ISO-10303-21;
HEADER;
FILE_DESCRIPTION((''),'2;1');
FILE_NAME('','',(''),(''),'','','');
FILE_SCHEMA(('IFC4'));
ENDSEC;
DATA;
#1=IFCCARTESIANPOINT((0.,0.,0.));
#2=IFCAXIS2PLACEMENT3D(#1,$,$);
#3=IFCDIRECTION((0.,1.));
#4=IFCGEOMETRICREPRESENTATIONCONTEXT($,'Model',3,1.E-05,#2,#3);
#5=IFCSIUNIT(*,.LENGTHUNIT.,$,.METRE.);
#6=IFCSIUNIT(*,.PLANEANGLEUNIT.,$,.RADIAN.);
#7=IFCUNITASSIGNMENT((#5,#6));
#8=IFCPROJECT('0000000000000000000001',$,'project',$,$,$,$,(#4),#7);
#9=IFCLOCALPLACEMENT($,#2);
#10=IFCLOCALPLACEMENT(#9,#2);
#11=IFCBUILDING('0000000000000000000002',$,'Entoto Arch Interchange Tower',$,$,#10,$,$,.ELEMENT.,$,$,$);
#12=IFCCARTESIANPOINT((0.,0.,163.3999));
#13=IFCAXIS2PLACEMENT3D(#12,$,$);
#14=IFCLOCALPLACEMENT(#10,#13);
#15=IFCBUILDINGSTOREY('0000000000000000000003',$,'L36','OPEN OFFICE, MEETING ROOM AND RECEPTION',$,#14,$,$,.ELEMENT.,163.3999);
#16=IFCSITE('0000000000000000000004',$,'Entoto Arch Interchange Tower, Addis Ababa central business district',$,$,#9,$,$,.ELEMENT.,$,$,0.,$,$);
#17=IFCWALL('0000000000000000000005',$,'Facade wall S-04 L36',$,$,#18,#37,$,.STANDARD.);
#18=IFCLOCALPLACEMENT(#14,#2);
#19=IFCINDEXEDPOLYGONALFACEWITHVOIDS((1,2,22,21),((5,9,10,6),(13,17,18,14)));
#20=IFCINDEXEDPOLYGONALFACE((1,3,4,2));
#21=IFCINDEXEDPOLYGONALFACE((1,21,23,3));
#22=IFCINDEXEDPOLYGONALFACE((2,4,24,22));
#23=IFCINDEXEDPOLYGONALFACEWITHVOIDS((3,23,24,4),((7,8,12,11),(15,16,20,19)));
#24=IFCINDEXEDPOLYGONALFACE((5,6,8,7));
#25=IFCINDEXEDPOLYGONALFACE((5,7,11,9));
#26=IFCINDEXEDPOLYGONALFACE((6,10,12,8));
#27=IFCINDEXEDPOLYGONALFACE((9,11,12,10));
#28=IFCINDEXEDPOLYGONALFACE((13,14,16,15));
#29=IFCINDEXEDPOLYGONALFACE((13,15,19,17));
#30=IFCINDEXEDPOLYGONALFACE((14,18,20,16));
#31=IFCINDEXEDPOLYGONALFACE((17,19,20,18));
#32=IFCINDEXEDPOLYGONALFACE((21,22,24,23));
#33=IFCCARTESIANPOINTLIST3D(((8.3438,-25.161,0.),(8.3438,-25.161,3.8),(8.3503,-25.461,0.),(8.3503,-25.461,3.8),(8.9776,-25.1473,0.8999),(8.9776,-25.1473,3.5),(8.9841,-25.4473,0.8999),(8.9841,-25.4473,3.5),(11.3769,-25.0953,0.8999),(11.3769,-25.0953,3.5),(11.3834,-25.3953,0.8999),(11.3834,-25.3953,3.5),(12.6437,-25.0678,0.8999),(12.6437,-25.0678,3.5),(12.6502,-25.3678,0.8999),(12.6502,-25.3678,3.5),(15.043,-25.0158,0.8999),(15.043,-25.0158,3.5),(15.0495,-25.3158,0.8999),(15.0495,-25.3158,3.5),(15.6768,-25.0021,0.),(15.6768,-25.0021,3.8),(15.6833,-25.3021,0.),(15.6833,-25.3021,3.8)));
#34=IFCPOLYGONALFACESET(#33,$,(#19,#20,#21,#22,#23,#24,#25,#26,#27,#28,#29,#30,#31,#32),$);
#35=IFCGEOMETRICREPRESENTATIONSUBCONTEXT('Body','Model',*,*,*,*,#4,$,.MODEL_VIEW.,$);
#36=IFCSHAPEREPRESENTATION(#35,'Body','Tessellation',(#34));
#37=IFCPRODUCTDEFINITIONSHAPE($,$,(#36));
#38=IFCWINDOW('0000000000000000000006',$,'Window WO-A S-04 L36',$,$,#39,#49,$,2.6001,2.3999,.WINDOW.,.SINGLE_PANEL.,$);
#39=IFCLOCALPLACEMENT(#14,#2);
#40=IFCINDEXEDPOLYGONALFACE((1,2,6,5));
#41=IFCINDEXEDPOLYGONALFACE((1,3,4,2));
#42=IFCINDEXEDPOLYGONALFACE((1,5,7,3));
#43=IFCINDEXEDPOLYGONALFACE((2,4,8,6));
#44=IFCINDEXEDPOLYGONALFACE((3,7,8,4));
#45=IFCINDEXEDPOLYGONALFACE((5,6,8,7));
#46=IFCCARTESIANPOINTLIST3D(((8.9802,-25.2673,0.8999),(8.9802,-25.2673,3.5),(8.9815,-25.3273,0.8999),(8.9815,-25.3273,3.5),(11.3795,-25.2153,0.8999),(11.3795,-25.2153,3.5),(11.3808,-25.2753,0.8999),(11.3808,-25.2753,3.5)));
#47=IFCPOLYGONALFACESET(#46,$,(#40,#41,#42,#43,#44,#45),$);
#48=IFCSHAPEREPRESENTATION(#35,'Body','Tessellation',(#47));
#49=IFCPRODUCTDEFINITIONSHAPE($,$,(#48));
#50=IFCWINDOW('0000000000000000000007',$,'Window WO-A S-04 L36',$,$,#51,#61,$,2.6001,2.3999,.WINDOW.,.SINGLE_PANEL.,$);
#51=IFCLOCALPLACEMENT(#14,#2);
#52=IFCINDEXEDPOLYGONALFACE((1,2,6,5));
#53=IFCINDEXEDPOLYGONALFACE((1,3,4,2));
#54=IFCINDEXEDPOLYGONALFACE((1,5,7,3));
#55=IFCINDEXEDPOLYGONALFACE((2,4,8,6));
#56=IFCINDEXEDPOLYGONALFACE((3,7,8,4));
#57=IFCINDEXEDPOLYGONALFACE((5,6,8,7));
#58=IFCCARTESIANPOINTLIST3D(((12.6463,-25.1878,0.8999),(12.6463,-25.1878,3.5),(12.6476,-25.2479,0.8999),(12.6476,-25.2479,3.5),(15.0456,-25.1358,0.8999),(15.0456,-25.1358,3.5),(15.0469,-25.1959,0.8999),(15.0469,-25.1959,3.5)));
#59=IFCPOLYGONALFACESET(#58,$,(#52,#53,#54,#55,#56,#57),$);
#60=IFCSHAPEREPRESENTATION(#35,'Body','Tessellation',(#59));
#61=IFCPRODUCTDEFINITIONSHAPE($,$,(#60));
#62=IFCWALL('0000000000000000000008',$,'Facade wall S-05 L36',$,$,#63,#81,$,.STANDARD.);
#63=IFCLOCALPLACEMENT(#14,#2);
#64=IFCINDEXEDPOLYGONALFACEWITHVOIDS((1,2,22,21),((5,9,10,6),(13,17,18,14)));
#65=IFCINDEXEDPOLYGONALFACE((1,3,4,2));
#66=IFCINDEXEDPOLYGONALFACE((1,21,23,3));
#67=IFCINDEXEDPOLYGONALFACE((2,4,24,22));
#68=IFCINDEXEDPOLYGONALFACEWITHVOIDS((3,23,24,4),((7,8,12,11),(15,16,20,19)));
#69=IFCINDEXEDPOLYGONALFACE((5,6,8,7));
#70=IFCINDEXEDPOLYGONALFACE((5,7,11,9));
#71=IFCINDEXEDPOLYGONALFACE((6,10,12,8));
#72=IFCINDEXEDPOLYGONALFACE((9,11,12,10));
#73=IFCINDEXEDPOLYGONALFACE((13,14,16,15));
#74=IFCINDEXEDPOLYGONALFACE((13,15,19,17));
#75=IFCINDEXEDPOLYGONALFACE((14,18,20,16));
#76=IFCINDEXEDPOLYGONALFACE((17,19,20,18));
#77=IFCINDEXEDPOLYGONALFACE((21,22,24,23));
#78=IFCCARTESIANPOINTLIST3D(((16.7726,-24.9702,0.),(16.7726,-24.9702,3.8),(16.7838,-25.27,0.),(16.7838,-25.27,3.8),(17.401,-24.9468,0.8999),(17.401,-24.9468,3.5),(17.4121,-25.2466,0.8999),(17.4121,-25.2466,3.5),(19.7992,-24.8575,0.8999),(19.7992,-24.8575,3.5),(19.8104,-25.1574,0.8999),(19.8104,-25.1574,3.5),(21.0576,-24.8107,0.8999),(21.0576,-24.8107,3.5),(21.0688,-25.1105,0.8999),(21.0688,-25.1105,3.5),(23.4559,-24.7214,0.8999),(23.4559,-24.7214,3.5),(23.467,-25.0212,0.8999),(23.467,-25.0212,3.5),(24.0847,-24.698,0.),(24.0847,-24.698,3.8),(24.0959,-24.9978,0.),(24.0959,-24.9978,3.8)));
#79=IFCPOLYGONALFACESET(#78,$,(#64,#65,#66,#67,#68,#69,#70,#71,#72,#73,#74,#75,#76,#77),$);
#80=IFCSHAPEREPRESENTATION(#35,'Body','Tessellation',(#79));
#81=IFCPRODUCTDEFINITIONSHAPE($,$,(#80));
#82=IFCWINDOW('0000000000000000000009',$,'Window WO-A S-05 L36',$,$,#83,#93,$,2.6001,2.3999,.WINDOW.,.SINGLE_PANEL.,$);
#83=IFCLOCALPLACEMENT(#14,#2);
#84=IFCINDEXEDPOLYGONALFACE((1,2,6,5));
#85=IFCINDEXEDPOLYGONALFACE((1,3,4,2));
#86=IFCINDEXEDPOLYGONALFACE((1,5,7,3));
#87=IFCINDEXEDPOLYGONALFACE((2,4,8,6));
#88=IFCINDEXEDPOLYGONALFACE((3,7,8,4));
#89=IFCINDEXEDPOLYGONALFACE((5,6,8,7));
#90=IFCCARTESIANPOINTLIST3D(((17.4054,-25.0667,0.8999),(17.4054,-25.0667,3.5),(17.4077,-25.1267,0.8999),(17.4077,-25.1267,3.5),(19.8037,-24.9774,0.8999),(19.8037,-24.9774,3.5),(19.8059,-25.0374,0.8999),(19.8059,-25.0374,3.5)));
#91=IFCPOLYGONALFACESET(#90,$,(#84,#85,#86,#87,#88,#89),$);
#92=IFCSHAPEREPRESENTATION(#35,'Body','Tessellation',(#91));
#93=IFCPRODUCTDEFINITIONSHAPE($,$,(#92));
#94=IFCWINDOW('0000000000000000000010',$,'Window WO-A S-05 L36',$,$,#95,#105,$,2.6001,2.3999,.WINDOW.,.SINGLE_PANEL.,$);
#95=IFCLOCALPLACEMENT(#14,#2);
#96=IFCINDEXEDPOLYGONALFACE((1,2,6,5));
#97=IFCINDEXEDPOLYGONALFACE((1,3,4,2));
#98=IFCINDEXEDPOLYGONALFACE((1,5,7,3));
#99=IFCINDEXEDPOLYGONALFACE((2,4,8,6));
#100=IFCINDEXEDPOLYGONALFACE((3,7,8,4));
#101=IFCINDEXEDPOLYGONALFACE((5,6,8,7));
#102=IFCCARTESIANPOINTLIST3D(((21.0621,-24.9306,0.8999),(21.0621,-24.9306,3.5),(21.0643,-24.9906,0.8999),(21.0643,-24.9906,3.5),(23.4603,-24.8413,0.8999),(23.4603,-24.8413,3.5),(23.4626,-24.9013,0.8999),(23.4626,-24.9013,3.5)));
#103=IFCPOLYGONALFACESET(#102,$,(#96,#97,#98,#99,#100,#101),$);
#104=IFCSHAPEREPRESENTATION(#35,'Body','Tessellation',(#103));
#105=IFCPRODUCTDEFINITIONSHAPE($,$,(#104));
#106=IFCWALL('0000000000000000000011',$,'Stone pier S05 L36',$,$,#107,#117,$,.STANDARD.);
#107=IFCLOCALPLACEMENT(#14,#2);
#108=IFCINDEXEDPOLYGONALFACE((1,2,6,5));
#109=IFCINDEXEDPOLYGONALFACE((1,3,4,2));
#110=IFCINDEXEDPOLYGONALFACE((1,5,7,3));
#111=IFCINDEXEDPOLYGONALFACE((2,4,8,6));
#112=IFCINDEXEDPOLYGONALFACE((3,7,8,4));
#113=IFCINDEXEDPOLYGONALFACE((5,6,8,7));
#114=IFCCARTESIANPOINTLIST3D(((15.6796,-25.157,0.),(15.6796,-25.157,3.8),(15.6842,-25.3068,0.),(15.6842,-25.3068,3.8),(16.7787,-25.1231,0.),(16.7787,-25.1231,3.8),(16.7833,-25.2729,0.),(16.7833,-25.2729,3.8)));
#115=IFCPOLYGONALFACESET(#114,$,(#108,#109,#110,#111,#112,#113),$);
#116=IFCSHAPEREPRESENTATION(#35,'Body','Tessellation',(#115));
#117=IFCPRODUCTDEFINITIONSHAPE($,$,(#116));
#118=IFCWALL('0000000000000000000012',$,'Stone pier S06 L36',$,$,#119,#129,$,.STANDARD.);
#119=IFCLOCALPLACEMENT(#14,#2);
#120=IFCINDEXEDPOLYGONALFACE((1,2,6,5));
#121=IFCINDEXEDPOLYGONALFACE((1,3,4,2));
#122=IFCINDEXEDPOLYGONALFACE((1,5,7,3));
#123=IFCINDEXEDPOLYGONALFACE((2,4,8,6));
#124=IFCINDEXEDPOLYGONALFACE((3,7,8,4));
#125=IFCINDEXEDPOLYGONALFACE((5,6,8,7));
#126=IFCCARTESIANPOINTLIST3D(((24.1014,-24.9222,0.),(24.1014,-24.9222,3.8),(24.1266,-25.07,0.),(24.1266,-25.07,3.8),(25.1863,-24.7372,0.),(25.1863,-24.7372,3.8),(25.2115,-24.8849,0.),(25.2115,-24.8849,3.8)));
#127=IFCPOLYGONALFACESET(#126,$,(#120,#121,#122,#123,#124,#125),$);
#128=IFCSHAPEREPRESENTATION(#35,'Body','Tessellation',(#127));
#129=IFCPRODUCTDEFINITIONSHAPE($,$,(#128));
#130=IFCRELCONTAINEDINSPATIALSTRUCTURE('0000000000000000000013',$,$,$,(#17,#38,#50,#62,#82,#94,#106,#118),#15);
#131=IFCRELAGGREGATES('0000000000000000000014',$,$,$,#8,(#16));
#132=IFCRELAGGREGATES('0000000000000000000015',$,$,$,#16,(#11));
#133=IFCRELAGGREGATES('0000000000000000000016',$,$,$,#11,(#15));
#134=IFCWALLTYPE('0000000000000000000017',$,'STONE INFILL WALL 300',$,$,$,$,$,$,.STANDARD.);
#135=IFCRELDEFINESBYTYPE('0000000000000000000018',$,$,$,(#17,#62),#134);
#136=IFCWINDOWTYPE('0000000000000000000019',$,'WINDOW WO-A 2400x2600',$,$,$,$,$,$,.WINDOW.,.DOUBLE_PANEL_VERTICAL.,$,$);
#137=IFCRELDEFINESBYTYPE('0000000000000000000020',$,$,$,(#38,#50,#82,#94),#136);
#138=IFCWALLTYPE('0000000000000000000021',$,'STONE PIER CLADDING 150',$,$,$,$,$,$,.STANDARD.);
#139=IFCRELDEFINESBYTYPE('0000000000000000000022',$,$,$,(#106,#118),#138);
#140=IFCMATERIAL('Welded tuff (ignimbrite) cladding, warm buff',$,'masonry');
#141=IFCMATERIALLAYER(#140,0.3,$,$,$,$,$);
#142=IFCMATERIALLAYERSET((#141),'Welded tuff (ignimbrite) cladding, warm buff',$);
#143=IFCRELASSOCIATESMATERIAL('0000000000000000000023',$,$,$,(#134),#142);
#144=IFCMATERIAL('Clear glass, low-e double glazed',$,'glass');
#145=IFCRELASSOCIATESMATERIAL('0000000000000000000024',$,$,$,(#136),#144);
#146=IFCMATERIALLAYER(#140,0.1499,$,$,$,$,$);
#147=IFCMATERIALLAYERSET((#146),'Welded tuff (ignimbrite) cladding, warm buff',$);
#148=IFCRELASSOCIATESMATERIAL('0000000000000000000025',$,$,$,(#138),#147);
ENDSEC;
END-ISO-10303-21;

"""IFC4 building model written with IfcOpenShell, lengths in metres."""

from ifc_helpers import new_model, si_unit, direction, frame, frame_2d, origin, place, context, subcontext, project, spatial, rectangle, extrude, material, layer, layer_set, type_object, element, fill, save


model = new_model("IFC4")

# Units and contexts
model_context = context("Model", 3, precision=1e-05, world=origin(), true_north=direction((0.0, 1.0)))
body_context = subcontext(model_context, "Body", "Model", "MODEL_VIEW")
ifc_project = project(units=[si_unit("LENGTHUNIT", "METRE"), si_unit("PLANEANGLEUNIT", "RADIAN")], contexts=[model_context])

# Site, building, storey
site_placement = place(None, origin())
site = spatial("IfcSite", under=ifc_project, at=site_placement, Name="Entoto Arch Interchange Tower, Addis Ababa central business district", CompositionType="ELEMENT", RefElevation=0.0)
building_placement = place(site_placement, origin())
building = spatial("IfcBuilding", under=site, at=building_placement, Name="Entoto Arch Interchange Tower", CompositionType="ELEMENT")
storey_placement = place(building_placement, frame((0.0, 0.0, 163.3999)))
storey = spatial("IfcBuildingStorey", under=building, at=storey_placement, Name="L36", Description="OPEN OFFICE, MEETING ROOM AND RECEPTION", CompositionType="ELEMENT", Elevation=163.3999)

# Walls, openings, windows
ifc_material_1 = material(Name="Welded tuff (ignimbrite) cladding, warm buff", Category="masonry")
ifc_layer_1 = layer(ifc_material_1, 0.3)
ifc_layer_set_1 = layer_set([ifc_layer_1], Name="Welded tuff (ignimbrite) cladding, warm buff")
wall_type_1 = type_object("IfcWallType", Name="STONE INFILL WALL 300", PredefinedType="STANDARD", material=ifc_layer_set_1)
wall_1_placement = place(storey_placement, frame((8.3469, -25.311, 0.0), z_axis=(0.0, 0.0, 1.0), x_axis=(0.999765, 0.021669, 0.0)))
wall_1 = element("IfcWall", 1, at=wall_1_placement, inside=storey, type_object=wall_type_1, Name="Facade wall S-04 L36", PredefinedType="STANDARD", context=body_context, shape_type="SweptSolid", body=[
    extrude(rectangle(XDim=7.3347, YDim=0.3, at=frame_2d((3.6675, 0.0))), origin(), (0.0, 0.0, 1.0), 3.8),
])
opening_1_placement = place(wall_1_placement, frame((0.634, 0.0, 0.8999)))
opening_1 = element("IfcOpeningElement", 2, at=opening_1_placement, cuts=wall_1, PredefinedType="OPENING", context=body_context, shape_type="SweptSolid", body=[
    extrude(rectangle(XDim=2.3999, YDim=2.6001, at=frame_2d((1.2, 1.3))), frame((0.0, 0.1602, 0.0), z_axis=(0.0, -1.0, 0.0), x_axis=(1.0, 0.0, 0.0)), (0.0, 0.0, 1.0), 0.3201),
])
opening_2_placement = place(wall_1_placement, frame((4.301, 0.0, 0.8999)))
opening_2 = element("IfcOpeningElement", 3, at=opening_2_placement, cuts=wall_1, PredefinedType="OPENING", context=body_context, shape_type="SweptSolid", body=[
    extrude(rectangle(XDim=2.3999, YDim=2.6001, at=frame_2d((1.2, 1.3))), frame((0.0, 0.1602, 0.0), z_axis=(0.0, -1.0, 0.0), x_axis=(1.0, 0.0, 0.0)), (0.0, 0.0, 1.0), 0.3201),
])
ifc_material_2 = material(Name="Clear glass, low-e double glazed", Category="glass")
window_type = type_object("IfcWindowType", Name="WINDOW WO-A 2400x2600", PartitioningType="DOUBLE_PANEL_VERTICAL", PredefinedType="WINDOW", material=ifc_material_2)
window_1_placement = place(opening_1_placement, origin())
window_1 = element("IfcWindow", 4, at=window_1_placement, inside=storey, type_object=window_type, Name="Window WO-A S-04 L36", OverallHeight=2.6001, OverallWidth=2.3999, PartitioningType="SINGLE_PANEL", PredefinedType="WINDOW", context=body_context, shape_type="SweptSolid", body=[
    extrude(rectangle(XDim=2.3999, YDim=2.6001, at=frame_2d((1.2, 1.3))), frame((0.0, 0.03, 0.0), z_axis=(0.0, -1.0, 0.0), x_axis=(1.0, 0.0, 0.0)), (0.0, 0.0, 1.0), 0.0601),
])
fill(opening_1, window_1)
window_2_placement = place(opening_2_placement, origin())
window_2 = element("IfcWindow", 5, at=window_2_placement, inside=storey, type_object=window_type, Name="Window WO-A S-04 L36", OverallHeight=2.6001, OverallWidth=2.3999, PartitioningType="SINGLE_PANEL", PredefinedType="WINDOW", context=body_context, shape_type="SweptSolid", body=[
    extrude(rectangle(XDim=2.3999, YDim=2.6001, at=frame_2d((1.2, 1.3))), frame((0.0, 0.03, 0.0), z_axis=(0.0, -1.0, 0.0), x_axis=(1.0, 0.0, 0.0)), (0.0, 0.0, 1.0), 0.0601),
])
fill(opening_2, window_2)
wall_2_placement = place(storey_placement, frame((16.7781, -25.1201, 0.0), z_axis=(0.0, 0.0, 1.0), x_axis=(0.999308, 0.037203, 0.0)))
wall_2 = element("IfcWall", 6, at=wall_2_placement, inside=storey, type_object=wall_type_1, Name="Facade wall S-05 L36", PredefinedType="STANDARD", context=body_context, shape_type="SweptSolid", body=[
    extrude(rectangle(XDim=7.3171, YDim=0.3, at=frame_2d((3.6587, 0.0))), origin(), (0.0, 0.0, 1.0), 3.8),
])
opening_3_placement = place(wall_2_placement, frame((0.6289, 0.0, 0.8999)))
opening_3 = element("IfcOpeningElement", 7, at=opening_3_placement, cuts=wall_2, PredefinedType="OPENING", context=body_context, shape_type="SweptSolid", body=[
    extrude(rectangle(XDim=2.3999, YDim=2.6001, at=frame_2d((1.2, 1.3))), frame((0.0, 0.1602, 0.0), z_axis=(0.0, -1.0, 0.0), x_axis=(1.0, 0.0, 0.0)), (0.0, 0.0, 1.0), 0.3201),
])
opening_4_placement = place(wall_2_placement, frame((4.2881, 0.0, 0.8999)))
opening_4 = element("IfcOpeningElement", 8, at=opening_4_placement, cuts=wall_2, PredefinedType="OPENING", context=body_context, shape_type="SweptSolid", body=[
    extrude(rectangle(XDim=2.3999, YDim=2.6001, at=frame_2d((1.2, 1.3))), frame((0.0, 0.1602, 0.0), z_axis=(0.0, -1.0, 0.0), x_axis=(1.0, 0.0, 0.0)), (0.0, 0.0, 1.0), 0.3201),
])
window_3_placement = place(opening_3_placement, origin())
window_3 = element("IfcWindow", 9, at=window_3_placement, inside=storey, type_object=window_type, Name="Window WO-A S-05 L36", OverallHeight=2.6001, OverallWidth=2.3999, PartitioningType="SINGLE_PANEL", PredefinedType="WINDOW", context=body_context, shape_type="SweptSolid", body=[
    extrude(rectangle(XDim=2.3999, YDim=2.6001, at=frame_2d((1.2, 1.3))), frame((0.0, 0.03, 0.0), z_axis=(0.0, -1.0, 0.0), x_axis=(1.0, 0.0, 0.0)), (0.0, 0.0, 1.0), 0.0601),
])
fill(opening_3, window_3)
window_4_placement = place(opening_4_placement, origin())
window_4 = element("IfcWindow", 10, at=window_4_placement, inside=storey, type_object=window_type, Name="Window WO-A S-05 L36", OverallHeight=2.6001, OverallWidth=2.3999, PartitioningType="SINGLE_PANEL", PredefinedType="WINDOW", context=body_context, shape_type="SweptSolid", body=[
    extrude(rectangle(XDim=2.3999, YDim=2.6001, at=frame_2d((1.2, 1.3))), frame((0.0, 0.03, 0.0), z_axis=(0.0, -1.0, 0.0), x_axis=(1.0, 0.0, 0.0)), (0.0, 0.0, 1.0), 0.0601),
])
fill(opening_4, window_4)

# Walls
ifc_layer_2 = layer(ifc_material_1, 0.1499)
ifc_layer_set_2 = layer_set([ifc_layer_2], Name="Welded tuff (ignimbrite) cladding, warm buff")
wall_type_2 = type_object("IfcWallType", Name="STONE PIER CLADDING 150", PredefinedType="STANDARD", material=ifc_layer_set_2)
wall_3_placement = place(storey_placement, frame((15.6819, -25.2319, 0.0), z_axis=(0.0, 0.0, 1.0), x_axis=(0.999524, 0.03086, 0.0)))
element("IfcWall", 11, at=wall_3_placement, inside=storey, type_object=wall_type_2, Name="Stone pier S05 L36", PredefinedType="STANDARD", context=body_context, shape_type="SweptSolid", body=[
    extrude(rectangle(XDim=1.0996, YDim=0.1499, at=frame_2d((0.5498, 0.0))), origin(), (0.0, 0.0, 1.0), 3.8),
])
wall_4_placement = place(storey_placement, frame((24.114, -24.9961, 0.0), z_axis=(0.0, 0.0, 1.0), x_axis=(0.985763, 0.168139, 0.0)))
element("IfcWall", 12, at=wall_4_placement, inside=storey, type_object=wall_type_2, Name="Stone pier S06 L36", PredefinedType="STANDARD", context=body_context, shape_type="SweptSolid", body=[
    extrude(rectangle(XDim=1.1006, YDim=0.1499, at=frame_2d((0.5503, 0.0))), origin(), (0.0, 0.0, 1.0), 3.8),
])

save(model, "model.ifc")
